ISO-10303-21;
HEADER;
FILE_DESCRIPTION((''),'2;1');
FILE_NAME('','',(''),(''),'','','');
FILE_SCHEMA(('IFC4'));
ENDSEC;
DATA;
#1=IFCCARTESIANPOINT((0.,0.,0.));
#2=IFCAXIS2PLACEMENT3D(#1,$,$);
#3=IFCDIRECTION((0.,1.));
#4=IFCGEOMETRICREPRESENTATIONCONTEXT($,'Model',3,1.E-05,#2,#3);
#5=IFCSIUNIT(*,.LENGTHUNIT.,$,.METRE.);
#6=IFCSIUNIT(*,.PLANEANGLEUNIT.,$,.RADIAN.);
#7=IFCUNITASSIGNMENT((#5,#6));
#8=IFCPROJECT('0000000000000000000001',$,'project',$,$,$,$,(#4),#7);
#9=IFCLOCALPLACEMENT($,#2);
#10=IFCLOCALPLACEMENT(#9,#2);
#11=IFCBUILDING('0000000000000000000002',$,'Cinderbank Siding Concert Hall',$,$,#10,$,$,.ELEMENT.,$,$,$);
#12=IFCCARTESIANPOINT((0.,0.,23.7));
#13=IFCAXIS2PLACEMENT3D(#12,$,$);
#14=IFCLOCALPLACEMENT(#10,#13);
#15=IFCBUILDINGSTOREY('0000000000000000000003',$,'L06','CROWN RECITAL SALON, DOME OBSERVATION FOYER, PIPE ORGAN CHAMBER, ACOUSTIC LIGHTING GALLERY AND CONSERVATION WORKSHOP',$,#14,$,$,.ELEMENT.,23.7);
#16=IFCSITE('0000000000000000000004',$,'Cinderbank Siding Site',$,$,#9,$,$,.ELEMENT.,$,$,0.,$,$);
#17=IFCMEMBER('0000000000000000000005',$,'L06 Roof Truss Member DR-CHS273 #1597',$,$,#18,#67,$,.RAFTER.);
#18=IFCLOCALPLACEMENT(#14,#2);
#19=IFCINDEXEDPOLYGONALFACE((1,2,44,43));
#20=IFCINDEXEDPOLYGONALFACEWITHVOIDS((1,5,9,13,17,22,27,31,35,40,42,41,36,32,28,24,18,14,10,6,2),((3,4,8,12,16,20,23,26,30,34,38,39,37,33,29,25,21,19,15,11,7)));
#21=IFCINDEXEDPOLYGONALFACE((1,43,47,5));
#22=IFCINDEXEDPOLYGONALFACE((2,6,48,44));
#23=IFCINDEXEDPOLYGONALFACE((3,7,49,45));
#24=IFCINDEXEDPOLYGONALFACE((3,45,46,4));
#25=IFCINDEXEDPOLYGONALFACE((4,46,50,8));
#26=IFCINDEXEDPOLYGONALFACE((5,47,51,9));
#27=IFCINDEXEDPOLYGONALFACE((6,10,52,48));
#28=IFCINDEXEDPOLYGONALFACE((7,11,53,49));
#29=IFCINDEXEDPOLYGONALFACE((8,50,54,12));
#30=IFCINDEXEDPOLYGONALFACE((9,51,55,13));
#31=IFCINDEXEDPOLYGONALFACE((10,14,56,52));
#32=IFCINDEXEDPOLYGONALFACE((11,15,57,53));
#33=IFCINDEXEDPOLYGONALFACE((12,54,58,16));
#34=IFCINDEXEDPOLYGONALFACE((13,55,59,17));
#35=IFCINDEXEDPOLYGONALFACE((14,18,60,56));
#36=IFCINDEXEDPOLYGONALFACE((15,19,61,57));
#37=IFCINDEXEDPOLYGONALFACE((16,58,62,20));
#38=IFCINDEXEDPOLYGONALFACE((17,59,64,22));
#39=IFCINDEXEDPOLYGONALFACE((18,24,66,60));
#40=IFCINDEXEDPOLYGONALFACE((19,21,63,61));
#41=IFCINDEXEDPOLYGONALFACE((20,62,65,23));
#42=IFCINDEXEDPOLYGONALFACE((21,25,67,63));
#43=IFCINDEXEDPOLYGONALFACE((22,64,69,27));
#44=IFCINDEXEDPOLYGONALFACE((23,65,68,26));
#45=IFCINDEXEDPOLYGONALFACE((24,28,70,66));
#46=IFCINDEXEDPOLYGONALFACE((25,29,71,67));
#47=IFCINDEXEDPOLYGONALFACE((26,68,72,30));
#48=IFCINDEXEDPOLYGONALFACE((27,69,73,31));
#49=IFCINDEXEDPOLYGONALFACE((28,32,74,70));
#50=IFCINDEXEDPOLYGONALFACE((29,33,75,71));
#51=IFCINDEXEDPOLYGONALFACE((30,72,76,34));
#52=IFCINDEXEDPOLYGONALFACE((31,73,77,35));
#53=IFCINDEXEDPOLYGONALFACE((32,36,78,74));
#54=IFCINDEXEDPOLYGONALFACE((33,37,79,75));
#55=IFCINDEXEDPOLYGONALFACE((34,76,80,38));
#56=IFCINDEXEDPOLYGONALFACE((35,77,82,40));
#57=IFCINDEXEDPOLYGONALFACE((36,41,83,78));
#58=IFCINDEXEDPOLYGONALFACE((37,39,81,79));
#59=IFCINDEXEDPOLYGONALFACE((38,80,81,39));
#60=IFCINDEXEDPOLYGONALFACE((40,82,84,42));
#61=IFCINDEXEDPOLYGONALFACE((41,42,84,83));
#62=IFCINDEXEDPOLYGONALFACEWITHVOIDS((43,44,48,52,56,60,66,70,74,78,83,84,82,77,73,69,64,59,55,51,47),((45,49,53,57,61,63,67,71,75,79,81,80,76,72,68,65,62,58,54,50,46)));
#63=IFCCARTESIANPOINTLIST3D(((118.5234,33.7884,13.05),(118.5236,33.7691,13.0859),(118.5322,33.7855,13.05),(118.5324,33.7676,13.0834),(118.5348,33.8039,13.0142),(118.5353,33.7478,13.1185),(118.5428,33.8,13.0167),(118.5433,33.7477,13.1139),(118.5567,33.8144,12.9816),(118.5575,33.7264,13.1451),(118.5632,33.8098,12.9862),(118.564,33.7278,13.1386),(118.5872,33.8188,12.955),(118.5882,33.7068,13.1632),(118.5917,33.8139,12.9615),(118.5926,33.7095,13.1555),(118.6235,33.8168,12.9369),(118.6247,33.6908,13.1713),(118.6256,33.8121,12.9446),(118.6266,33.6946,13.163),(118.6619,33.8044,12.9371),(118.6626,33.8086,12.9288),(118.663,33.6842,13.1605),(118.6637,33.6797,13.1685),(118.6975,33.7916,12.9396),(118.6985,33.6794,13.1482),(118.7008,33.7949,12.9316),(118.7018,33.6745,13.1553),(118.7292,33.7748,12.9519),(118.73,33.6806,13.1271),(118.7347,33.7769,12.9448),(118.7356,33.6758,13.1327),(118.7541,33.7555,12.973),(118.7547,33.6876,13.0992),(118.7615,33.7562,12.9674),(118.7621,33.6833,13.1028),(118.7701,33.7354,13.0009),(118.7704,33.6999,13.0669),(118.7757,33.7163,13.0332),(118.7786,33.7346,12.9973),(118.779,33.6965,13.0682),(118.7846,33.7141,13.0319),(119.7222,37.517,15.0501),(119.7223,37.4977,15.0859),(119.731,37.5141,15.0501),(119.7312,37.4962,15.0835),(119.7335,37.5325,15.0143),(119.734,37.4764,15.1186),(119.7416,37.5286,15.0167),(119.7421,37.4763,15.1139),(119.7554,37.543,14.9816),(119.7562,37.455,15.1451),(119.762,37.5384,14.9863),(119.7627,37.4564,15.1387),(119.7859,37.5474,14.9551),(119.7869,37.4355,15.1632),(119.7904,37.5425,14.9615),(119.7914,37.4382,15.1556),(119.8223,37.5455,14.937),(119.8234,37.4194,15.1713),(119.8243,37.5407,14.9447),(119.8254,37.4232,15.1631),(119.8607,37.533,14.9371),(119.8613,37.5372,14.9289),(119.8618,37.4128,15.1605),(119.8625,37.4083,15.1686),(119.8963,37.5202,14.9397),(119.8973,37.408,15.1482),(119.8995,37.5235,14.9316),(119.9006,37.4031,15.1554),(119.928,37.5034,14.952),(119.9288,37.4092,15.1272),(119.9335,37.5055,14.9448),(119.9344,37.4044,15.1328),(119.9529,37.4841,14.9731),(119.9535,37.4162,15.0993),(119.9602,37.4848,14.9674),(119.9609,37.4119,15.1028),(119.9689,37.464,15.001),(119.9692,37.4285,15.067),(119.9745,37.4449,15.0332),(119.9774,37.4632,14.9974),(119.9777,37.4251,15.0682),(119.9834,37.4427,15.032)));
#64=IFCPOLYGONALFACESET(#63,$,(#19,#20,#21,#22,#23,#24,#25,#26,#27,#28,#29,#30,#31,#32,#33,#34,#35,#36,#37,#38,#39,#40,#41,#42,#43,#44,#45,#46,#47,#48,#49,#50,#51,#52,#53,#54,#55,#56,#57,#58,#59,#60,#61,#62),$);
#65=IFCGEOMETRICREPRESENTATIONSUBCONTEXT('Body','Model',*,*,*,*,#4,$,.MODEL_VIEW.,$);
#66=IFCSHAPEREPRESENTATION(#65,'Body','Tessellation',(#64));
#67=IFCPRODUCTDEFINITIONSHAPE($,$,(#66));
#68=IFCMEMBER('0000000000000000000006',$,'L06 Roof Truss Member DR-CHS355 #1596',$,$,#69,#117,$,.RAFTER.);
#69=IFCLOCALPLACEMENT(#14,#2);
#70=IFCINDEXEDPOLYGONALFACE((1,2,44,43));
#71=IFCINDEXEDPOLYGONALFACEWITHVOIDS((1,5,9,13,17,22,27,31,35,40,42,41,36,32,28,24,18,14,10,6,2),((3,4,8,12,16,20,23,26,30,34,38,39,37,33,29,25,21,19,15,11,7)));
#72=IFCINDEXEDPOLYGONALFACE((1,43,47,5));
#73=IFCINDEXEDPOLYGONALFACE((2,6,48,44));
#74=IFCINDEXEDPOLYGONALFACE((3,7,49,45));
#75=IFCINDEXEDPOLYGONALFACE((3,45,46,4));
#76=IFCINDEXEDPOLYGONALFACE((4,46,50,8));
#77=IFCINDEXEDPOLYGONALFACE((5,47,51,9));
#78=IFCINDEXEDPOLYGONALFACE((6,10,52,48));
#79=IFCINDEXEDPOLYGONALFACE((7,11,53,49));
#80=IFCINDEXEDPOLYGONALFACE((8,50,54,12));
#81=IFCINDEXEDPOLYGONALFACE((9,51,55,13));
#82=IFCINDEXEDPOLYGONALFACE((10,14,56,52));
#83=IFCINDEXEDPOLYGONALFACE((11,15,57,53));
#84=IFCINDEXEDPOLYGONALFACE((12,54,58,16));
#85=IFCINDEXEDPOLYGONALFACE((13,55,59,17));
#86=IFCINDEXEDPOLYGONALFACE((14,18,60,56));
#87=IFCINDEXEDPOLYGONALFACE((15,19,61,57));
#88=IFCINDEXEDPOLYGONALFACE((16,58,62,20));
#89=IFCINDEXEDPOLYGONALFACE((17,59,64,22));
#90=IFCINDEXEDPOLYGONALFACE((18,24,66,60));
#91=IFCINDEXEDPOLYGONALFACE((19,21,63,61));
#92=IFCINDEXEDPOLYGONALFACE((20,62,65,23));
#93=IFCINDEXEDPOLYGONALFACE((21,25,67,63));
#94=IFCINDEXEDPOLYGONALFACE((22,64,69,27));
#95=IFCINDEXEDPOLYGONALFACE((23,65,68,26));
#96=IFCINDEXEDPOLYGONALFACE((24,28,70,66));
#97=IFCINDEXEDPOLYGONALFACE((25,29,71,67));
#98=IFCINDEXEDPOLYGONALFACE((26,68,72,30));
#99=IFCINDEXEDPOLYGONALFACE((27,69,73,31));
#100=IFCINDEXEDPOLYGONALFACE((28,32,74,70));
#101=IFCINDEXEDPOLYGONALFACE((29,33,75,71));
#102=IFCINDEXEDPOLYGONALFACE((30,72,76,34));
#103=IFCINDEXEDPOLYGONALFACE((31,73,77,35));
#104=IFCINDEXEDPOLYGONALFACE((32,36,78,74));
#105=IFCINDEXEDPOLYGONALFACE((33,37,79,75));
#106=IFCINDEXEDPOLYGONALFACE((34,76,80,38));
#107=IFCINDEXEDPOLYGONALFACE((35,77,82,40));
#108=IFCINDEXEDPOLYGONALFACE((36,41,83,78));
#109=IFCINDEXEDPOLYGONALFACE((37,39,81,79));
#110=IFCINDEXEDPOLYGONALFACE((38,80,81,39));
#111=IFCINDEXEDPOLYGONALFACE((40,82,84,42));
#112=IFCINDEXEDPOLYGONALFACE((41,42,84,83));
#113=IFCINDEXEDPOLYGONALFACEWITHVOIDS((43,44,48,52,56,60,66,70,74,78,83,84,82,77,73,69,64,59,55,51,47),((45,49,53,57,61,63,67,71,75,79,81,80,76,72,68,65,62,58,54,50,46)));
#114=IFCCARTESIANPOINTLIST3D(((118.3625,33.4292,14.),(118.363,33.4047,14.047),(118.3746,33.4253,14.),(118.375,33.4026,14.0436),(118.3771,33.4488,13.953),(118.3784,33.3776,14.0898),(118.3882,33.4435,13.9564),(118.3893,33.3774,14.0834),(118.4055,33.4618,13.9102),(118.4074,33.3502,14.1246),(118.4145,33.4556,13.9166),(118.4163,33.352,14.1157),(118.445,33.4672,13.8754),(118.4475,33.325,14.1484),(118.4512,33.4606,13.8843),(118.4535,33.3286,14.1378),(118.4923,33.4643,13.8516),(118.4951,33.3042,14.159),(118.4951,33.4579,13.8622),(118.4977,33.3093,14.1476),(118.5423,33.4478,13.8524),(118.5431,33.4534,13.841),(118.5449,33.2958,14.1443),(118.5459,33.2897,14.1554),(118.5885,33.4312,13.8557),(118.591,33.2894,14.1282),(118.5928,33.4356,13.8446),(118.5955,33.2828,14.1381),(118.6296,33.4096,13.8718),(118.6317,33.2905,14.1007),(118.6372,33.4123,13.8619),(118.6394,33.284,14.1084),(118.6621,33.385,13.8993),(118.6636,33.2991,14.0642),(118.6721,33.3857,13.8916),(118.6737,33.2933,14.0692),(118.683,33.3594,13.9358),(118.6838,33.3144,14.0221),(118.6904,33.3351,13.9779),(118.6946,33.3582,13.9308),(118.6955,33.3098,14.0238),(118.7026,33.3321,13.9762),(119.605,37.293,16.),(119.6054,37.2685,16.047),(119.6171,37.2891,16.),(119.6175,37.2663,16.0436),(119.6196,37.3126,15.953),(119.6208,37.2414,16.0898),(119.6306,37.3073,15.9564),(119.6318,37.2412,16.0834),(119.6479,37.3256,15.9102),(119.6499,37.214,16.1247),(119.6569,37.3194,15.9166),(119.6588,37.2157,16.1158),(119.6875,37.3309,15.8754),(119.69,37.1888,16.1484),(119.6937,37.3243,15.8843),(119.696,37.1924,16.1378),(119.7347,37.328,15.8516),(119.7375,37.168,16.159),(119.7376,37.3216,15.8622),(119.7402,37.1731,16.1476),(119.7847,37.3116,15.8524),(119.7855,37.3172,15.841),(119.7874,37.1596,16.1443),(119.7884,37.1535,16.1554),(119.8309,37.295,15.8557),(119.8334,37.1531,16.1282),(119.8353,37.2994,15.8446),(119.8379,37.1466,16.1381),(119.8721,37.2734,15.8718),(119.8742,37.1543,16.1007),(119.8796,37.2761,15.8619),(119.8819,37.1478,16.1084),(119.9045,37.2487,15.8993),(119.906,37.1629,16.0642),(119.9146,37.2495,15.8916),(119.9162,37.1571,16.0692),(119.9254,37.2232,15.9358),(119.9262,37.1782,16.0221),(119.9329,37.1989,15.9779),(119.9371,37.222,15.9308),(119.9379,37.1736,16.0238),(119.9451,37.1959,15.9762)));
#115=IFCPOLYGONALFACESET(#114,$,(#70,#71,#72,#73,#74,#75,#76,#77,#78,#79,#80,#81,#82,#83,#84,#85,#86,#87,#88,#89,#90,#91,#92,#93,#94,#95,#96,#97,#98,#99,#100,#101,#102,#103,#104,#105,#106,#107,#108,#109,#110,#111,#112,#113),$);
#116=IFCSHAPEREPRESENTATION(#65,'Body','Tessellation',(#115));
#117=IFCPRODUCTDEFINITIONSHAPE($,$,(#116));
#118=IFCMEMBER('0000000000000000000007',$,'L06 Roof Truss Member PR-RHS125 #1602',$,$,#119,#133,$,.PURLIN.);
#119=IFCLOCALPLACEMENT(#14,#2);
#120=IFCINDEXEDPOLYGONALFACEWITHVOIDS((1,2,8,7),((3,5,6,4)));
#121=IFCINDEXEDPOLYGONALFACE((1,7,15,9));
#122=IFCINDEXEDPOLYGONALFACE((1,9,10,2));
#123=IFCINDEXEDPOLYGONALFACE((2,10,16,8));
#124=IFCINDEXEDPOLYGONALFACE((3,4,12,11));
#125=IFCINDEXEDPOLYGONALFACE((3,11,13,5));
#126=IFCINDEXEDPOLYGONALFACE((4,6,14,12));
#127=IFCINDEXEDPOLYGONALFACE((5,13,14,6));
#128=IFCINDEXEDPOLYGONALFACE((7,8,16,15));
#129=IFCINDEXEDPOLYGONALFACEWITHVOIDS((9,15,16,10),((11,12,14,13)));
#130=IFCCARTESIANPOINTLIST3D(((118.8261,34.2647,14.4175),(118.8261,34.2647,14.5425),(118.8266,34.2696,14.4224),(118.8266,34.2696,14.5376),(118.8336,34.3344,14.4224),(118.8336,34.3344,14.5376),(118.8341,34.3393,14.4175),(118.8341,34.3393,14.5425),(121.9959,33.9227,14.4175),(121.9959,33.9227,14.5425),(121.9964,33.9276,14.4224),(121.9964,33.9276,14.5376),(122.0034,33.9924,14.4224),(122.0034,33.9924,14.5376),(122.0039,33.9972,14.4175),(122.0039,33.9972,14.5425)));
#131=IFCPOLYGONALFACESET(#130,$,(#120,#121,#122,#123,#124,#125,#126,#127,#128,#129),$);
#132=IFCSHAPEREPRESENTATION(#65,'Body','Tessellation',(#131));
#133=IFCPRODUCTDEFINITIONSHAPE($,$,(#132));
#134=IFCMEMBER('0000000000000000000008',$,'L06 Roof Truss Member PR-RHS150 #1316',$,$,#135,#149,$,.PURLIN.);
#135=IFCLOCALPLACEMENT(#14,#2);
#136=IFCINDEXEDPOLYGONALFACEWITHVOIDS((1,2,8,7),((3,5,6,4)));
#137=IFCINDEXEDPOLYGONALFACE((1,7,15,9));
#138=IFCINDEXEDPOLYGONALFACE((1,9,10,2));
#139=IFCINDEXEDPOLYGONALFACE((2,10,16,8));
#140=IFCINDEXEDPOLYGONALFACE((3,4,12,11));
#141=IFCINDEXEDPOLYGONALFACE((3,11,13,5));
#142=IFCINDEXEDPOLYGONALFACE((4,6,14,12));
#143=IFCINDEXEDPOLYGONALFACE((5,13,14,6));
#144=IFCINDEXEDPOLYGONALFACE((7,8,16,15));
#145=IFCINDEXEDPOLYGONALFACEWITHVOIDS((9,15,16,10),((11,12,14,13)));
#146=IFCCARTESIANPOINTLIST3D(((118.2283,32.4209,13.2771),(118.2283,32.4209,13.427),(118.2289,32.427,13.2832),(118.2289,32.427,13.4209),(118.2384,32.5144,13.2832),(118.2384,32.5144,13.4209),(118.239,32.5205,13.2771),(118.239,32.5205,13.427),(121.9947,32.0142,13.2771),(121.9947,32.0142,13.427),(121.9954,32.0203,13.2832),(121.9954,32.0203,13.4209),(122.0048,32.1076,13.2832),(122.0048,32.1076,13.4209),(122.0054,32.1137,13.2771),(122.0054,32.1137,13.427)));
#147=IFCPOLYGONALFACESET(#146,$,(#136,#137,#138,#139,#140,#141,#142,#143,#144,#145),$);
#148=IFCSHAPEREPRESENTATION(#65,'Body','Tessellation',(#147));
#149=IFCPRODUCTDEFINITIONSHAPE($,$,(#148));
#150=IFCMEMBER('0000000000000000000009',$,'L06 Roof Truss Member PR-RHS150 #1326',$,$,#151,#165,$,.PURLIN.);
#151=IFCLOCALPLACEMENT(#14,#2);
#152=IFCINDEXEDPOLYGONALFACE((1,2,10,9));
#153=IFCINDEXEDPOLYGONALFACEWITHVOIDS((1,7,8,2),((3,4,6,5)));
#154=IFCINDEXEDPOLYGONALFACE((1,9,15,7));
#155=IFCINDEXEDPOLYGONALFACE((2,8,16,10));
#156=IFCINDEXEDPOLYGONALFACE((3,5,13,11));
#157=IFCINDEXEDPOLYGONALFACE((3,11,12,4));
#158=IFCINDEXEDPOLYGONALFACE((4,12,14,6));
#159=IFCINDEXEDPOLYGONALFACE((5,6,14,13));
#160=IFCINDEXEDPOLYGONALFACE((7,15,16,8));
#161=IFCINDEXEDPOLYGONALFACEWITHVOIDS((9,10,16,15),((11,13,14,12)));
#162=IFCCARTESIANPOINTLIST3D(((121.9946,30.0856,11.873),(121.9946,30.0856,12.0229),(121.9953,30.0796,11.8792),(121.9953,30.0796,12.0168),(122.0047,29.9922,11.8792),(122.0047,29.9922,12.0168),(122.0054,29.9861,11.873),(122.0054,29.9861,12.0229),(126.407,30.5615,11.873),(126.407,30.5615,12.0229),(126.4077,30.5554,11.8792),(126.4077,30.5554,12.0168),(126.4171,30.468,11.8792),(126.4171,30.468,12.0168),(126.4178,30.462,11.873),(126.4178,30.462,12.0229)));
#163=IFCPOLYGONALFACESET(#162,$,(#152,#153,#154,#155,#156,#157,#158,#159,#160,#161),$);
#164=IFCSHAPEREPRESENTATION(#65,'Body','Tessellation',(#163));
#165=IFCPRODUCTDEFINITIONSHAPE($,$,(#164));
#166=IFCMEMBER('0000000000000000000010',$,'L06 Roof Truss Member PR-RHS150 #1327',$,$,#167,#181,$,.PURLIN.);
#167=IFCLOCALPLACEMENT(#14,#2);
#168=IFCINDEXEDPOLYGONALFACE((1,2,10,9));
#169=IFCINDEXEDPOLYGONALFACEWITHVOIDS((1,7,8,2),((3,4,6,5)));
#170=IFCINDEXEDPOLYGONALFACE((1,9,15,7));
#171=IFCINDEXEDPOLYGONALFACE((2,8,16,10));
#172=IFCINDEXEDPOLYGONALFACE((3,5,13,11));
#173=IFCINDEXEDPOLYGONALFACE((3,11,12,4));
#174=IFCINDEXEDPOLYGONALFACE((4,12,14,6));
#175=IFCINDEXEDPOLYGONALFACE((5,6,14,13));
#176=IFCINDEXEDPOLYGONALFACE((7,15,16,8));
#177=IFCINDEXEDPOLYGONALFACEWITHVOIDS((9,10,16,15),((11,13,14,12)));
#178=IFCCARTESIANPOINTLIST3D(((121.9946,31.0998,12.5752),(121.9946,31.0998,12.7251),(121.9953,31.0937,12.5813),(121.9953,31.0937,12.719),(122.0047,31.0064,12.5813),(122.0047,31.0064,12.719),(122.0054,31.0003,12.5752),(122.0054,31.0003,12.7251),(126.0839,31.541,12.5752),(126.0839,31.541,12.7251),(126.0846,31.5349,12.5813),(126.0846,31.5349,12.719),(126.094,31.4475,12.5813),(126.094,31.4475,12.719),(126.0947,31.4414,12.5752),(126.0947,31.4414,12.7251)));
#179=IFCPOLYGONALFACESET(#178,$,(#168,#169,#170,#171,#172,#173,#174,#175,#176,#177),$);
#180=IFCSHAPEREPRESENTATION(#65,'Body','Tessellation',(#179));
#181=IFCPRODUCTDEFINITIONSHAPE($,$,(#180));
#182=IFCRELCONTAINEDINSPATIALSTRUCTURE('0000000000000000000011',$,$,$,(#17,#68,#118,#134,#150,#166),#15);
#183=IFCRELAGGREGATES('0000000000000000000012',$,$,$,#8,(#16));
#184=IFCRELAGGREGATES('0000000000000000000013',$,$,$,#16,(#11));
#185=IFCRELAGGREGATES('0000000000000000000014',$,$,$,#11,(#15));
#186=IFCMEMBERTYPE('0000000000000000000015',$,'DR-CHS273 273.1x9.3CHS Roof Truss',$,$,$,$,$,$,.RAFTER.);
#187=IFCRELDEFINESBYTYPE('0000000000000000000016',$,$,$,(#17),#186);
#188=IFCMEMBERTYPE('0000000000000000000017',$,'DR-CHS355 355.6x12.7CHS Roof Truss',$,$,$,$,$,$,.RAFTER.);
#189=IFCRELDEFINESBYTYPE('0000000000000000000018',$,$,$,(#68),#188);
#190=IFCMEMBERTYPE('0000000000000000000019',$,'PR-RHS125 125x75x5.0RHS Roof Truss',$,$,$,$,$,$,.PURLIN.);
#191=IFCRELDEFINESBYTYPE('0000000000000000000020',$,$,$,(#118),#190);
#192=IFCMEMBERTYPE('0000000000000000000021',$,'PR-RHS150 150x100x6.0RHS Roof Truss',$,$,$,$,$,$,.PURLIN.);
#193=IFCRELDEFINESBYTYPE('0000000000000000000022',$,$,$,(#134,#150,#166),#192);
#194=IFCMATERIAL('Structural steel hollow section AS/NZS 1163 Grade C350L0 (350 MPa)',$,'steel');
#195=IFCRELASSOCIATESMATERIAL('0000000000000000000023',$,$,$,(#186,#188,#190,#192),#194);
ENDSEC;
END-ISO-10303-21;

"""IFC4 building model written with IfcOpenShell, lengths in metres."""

from ifc_helpers import new_model, si_unit, direction, frame, origin, origin_2d, place, context, subcontext, project, spatial, hollow_rectangle, hollow_circle, extrude, material, material_profile, profile_set, type_object, element, save


model = new_model("IFC4")

# Units and contexts
model_context = context("Model", 3, precision=1e-05, world=origin(), true_north=direction((0.0, 1.0)))
body_context = subcontext(model_context, "Body", "Model", "MODEL_VIEW")
ifc_project = project(units=[si_unit("LENGTHUNIT", "METRE"), si_unit("PLANEANGLEUNIT", "RADIAN")], contexts=[model_context])

# Site, building, storey
site_placement = place(None, origin())
site = spatial("IfcSite", under=ifc_project, at=site_placement, Name="Cinderbank Siding Site", CompositionType="ELEMENT", RefElevation=0.0)
building_placement = place(site_placement, origin())
building = spatial("IfcBuilding", under=site, at=building_placement, Name="Cinderbank Siding Concert Hall", CompositionType="ELEMENT")
storey_placement = place(building_placement, frame((0.0, 0.0, 23.7)))
storey = spatial("IfcBuildingStorey", under=building, at=storey_placement, Name="L06", Description="CROWN RECITAL SALON, DOME OBSERVATION FOYER, PIPE ORGAN CHAMBER, ACOUSTIC LIGHTING GALLERY AND CONSERVATION WORKSHOP", CompositionType="ELEMENT", Elevation=23.7)

# Members
ifc_material_1 = material(Name="Structural steel hollow section AS/NZS 1163 Grade C350L0 (350 MPa)", Category="steel")
ifc_material_profile_1 = material_profile(ifc_material_1, hollow_circle(Radius=0.1365, WallThickness=0.0093, at=origin_2d()), Name="273.1x9.3CHS", Category="LoadBearing")
ifc_profile_set_1 = profile_set([ifc_material_profile_1], Name="Structural steel hollow section AS/NZS 1163 Grade C350L0 (350 MPa)")
member_type_1 = type_object("IfcMemberType", Name="DR-CHS273 273.1x9.3CHS Roof Truss", PredefinedType="RAFTER", material=ifc_profile_set_1)
member_1_placement = place(storey_placement, frame((118.6533, 33.7466, 13.05), z_axis=(0.272588, 0.847855, 0.454795), x_axis=(-0.952008, 0.306074, 0.0)))
element("IfcMember", 1, at=member_1_placement, inside=storey, type_object=member_type_1, Name="L06 Roof Truss Member DR-CHS273 #1597", PredefinedType="RAFTER", context=body_context, shape_type="SweptSolid", body=[
    extrude(hollow_circle(Radius=0.1365, WallThickness=0.0093, at=origin_2d()), origin(), (0.0, 0.0, 1.0), 4.3977),
])
ifc_material_profile_2 = material_profile(ifc_material_1, hollow_circle(Radius=0.1777, WallThickness=0.0127, at=origin_2d()), Name="355.6x12.7CHS", Category="LoadBearing")
ifc_profile_set_2 = profile_set([ifc_material_profile_2], Name="Structural steel hollow section AS/NZS 1163 Grade C350L0 (350 MPa)")
member_type_2 = type_object("IfcMemberType", Name="DR-CHS355 355.6x12.7CHS Roof Truss", PredefinedType="RAFTER", material=ifc_profile_set_2)
member_2_placement = place(storey_placement, frame((118.5317, 33.3748, 14.0), z_axis=(0.274592, 0.85394, 0.442024), x_axis=(-0.951992, 0.306122, 0.0)))
element("IfcMember", 2, at=member_2_placement, inside=storey, type_object=member_type_2, Name="L06 Roof Truss Member DR-CHS355 #1596", PredefinedType="RAFTER", context=body_context, shape_type="SweptSolid", body=[
    extrude(hollow_circle(Radius=0.1777, WallThickness=0.0127, at=origin_2d()), origin(), (0.0, 0.0, 1.0), 4.5247),
])
ifc_material_profile_3 = material_profile(ifc_material_1, hollow_rectangle(XDim=0.075, YDim=0.125, WallThickness=0.0049, at=origin_2d()), Name="125x75x5.0RHS", Category="LoadBearing")
ifc_profile_set_3 = profile_set([ifc_material_profile_3], Name="Structural steel hollow section AS/NZS 1163 Grade C350L0 (350 MPa)")
member_type_3 = type_object("IfcMemberType", Name="PR-RHS125 125x75x5.0RHS Roof Truss", PredefinedType="PURLIN", material=ifc_profile_set_3)
member_3_placement = place(storey_placement, frame((118.8301, 34.302, 14.48), z_axis=(0.994229, -0.107279, 0.0), x_axis=(0.107279, 0.994229, 0.0)))
element("IfcMember", 3, at=member_3_placement, inside=storey, type_object=member_type_3, Name="L06 Roof Truss Member PR-RHS125 #1602", PredefinedType="PURLIN", context=body_context, shape_type="SweptSolid", body=[
    extrude(hollow_rectangle(XDim=0.075, YDim=0.125, WallThickness=0.0049, at=origin_2d()), origin(), (0.0, 0.0, 1.0), 3.1882),
])
ifc_material_profile_4 = material_profile(ifc_material_1, hollow_rectangle(XDim=0.1001, YDim=0.1499, WallThickness=0.0061, at=origin_2d()), Name="150x100x6.0RHS", Category="LoadBearing")
ifc_profile_set_4 = profile_set([ifc_material_profile_4], Name="Structural steel hollow section AS/NZS 1163 Grade C350L0 (350 MPa)")
member_type_4 = type_object("IfcMemberType", Name="PR-RHS150 150x100x6.0RHS Roof Truss", PredefinedType="PURLIN", material=ifc_profile_set_4)
member_4_placement = place(storey_placement, frame((118.2336, 32.4707, 13.3521), z_axis=(0.994219, -0.107368, 0.0), x_axis=(0.107368, 0.994219, 0.0)))
element("IfcMember", 4, at=member_4_placement, inside=storey, type_object=member_type_4, Name="L06 Roof Truss Member PR-RHS150 #1316", PredefinedType="PURLIN", context=body_context, shape_type="SweptSolid", body=[
    extrude(hollow_rectangle(XDim=0.1001, YDim=0.1499, WallThickness=0.0061, at=origin_2d()), origin(), (0.0, 0.0, 1.0), 3.7883),
])
member_5_placement = place(storey_placement, frame((122.0, 30.0359, 11.948), z_axis=(0.994235, 0.107219, 0.0), x_axis=(-0.107219, 0.994235, 0.0)))
element("IfcMember", 5, at=member_5_placement, inside=storey, type_object=member_type_4, Name="L06 Roof Truss Member PR-RHS150 #1326", PredefinedType="PURLIN", context=body_context, shape_type="SweptSolid", body=[
    extrude(hollow_rectangle(XDim=0.1001, YDim=0.1499, WallThickness=0.0061, at=origin_2d()), origin(), (0.0, 0.0, 1.0), 4.438),
])
member_6_placement = place(storey_placement, frame((122.0, 31.05, 12.6501), z_axis=(0.994231, 0.107258, 0.0), x_axis=(-0.107258, 0.994231, 0.0)))
element("IfcMember", 6, at=member_6_placement, inside=storey, type_object=member_type_4, Name="L06 Roof Truss Member PR-RHS150 #1327", PredefinedType="PURLIN", context=body_context, shape_type="SweptSolid", body=[
    extrude(hollow_rectangle(XDim=0.1001, YDim=0.1499, WallThickness=0.0061, at=origin_2d()), origin(), (0.0, 0.0, 1.0), 4.113),
])

save(model, "model.ifc")
